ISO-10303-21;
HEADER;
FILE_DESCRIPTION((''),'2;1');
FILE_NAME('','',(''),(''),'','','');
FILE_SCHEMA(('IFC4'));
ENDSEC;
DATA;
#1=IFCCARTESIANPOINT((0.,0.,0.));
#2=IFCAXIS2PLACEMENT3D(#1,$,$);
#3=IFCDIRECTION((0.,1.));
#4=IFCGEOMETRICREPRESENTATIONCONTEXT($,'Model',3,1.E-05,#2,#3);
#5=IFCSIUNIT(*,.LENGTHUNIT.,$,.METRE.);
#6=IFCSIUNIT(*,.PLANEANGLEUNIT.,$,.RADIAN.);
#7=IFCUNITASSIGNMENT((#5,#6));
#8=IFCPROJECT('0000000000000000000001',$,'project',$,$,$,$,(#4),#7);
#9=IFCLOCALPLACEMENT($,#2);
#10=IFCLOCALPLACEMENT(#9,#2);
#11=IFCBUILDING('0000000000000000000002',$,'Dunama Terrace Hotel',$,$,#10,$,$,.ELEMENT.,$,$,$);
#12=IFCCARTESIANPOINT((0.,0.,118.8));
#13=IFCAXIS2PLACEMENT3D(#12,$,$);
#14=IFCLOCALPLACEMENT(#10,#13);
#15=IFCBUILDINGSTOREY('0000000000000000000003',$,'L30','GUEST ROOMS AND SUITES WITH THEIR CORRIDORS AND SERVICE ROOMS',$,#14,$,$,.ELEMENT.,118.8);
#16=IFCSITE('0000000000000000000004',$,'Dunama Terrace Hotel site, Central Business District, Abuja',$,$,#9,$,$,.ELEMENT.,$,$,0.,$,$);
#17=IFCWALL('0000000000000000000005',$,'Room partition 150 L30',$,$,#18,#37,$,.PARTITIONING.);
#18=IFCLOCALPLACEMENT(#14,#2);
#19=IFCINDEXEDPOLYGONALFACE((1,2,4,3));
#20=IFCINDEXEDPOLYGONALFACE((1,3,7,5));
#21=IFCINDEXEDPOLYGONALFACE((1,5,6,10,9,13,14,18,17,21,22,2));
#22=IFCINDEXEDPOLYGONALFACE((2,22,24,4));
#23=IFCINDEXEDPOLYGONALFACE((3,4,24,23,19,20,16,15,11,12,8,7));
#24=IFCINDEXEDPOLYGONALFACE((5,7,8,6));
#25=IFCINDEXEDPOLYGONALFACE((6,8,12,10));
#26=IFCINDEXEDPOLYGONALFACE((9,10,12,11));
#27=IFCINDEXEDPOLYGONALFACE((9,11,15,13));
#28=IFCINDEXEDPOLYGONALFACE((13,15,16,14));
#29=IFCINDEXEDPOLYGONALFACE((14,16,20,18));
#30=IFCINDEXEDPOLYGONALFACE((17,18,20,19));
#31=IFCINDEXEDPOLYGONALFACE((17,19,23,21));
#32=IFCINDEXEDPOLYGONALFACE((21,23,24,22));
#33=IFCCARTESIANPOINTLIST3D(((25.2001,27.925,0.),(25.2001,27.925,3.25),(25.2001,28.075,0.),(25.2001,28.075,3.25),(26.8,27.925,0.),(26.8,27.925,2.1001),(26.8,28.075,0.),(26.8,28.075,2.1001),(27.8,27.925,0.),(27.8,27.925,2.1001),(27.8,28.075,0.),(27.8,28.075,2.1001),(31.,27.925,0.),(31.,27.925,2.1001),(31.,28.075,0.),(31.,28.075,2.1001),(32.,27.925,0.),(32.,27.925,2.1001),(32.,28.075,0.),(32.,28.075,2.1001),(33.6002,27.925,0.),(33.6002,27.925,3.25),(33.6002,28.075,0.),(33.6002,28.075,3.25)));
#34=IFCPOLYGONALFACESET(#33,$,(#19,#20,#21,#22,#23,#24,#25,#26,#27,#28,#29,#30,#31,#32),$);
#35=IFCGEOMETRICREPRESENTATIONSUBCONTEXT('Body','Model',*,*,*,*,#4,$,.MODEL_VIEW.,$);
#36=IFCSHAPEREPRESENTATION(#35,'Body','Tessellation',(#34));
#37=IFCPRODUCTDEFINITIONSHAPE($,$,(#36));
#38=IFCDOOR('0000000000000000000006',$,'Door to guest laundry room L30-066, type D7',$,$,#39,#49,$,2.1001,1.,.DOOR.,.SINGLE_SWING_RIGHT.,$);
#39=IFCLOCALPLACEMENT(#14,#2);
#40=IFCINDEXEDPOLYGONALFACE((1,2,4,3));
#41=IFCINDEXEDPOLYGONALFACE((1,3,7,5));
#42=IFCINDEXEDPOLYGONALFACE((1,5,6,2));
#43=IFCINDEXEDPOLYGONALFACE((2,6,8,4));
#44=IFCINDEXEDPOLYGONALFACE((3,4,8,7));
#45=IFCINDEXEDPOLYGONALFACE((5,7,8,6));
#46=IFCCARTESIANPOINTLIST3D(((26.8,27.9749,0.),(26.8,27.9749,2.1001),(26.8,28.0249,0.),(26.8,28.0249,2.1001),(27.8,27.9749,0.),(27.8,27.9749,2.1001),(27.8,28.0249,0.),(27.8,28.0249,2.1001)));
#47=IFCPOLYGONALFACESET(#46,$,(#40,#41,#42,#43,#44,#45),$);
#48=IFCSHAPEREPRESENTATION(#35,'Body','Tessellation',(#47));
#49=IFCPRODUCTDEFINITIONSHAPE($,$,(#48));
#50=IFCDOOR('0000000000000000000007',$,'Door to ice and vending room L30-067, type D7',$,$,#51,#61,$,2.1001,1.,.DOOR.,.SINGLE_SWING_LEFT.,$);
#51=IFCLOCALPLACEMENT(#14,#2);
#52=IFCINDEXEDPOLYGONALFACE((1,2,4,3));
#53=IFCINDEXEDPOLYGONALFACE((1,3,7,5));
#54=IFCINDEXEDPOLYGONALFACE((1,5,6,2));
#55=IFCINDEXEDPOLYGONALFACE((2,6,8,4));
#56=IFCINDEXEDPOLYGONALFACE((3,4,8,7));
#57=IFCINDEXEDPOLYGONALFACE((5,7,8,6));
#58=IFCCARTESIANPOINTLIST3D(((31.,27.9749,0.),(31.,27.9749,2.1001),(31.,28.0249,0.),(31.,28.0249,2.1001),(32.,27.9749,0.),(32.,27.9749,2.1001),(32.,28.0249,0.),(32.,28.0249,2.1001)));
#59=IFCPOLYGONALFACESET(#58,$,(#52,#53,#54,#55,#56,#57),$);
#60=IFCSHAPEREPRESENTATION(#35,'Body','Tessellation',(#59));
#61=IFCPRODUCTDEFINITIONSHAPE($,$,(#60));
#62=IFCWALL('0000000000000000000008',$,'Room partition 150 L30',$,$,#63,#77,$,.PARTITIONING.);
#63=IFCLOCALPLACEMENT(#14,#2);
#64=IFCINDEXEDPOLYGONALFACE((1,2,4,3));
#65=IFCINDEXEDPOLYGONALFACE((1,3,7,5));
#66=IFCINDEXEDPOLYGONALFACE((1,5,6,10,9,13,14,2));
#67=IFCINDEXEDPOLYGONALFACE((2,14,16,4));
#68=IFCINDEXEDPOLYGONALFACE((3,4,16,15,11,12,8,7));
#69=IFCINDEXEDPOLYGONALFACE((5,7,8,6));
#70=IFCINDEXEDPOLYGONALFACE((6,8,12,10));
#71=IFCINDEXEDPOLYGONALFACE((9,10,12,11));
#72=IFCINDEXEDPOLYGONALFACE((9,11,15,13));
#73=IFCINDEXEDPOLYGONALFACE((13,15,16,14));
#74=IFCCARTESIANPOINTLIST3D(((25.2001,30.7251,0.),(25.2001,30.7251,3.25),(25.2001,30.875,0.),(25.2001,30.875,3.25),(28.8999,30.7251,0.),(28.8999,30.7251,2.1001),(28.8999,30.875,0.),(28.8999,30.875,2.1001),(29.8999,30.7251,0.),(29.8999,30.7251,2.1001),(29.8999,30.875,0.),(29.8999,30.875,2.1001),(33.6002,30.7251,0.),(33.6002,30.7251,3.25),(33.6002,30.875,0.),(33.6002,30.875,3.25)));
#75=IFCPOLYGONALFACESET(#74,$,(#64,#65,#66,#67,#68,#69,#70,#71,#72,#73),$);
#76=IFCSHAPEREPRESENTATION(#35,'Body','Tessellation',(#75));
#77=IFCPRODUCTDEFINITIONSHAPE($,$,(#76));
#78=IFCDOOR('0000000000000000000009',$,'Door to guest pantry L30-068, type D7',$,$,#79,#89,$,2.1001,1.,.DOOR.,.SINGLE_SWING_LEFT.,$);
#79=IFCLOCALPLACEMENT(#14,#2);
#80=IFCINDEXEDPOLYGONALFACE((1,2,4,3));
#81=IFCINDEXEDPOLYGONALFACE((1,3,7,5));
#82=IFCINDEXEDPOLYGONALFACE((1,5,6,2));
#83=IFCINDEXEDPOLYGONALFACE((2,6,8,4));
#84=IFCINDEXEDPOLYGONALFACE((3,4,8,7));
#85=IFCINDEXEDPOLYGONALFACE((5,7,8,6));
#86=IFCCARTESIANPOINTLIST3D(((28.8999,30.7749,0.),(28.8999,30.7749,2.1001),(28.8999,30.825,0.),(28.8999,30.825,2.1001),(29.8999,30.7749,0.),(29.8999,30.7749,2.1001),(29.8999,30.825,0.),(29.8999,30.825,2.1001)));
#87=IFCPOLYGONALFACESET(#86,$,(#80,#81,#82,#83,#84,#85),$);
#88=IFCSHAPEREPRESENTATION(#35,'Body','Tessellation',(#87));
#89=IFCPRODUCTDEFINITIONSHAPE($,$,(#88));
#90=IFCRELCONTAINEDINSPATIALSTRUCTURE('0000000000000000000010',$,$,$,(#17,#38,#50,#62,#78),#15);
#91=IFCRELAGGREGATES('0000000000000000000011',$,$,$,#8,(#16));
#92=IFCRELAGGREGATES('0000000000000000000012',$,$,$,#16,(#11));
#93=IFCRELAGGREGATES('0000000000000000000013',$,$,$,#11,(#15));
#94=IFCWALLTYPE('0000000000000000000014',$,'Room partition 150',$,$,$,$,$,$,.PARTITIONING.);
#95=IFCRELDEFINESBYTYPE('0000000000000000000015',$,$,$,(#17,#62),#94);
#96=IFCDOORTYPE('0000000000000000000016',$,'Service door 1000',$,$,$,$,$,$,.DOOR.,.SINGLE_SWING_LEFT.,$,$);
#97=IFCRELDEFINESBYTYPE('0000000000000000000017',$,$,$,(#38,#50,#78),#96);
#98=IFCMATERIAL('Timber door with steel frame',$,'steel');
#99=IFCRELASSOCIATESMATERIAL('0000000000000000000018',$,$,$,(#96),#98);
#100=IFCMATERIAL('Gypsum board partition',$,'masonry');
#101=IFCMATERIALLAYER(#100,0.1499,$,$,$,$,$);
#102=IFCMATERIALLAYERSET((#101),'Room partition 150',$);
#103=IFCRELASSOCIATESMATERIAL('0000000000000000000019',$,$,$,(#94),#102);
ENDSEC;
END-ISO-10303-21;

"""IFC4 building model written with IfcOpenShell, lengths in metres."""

from ifc_helpers import new_model, si_unit, direction, frame, frame_2d, origin, place, context, subcontext, project, spatial, rectangle, extrude, material, layer, layer_set, type_object, element, fill, save


model = new_model("IFC4")

# Units and contexts
model_context = context("Model", 3, precision=1e-05, world=origin(), true_north=direction((0.0, 1.0)))
body_context = subcontext(model_context, "Body", "Model", "MODEL_VIEW")
ifc_project = project(units=[si_unit("LENGTHUNIT", "METRE"), si_unit("PLANEANGLEUNIT", "RADIAN")], contexts=[model_context])

# Site, building, storey
site_placement = place(None, origin())
site = spatial("IfcSite", under=ifc_project, at=site_placement, Name="Dunama Terrace Hotel site, Central Business District, Abuja", CompositionType="ELEMENT", RefElevation=0.0)
building_placement = place(site_placement, origin())
building = spatial("IfcBuilding", under=site, at=building_placement, Name="Dunama Terrace Hotel", CompositionType="ELEMENT")
storey_placement = place(building_placement, frame((0.0, 0.0, 118.8)))
storey = spatial("IfcBuildingStorey", under=building, at=storey_placement, Name="L30", Description="GUEST ROOMS AND SUITES WITH THEIR CORRIDORS AND SERVICE ROOMS", CompositionType="ELEMENT", Elevation=118.8)

# Shared definitions
ifc_material_1 = material(Name="Timber door with steel frame", Category="steel")
door_type_1 = type_object("IfcDoorType", Name="Service door 1000", OperationType="SINGLE_SWING_LEFT", PredefinedType="DOOR", material=ifc_material_1)

# Wall, openings, doors
ifc_material_2 = material(Name="Gypsum board partition", Category="masonry")
ifc_layer_1 = layer(ifc_material_2, 0.1499)
ifc_layer_set_1 = layer_set([ifc_layer_1], Name="Room partition 150")
wall_type_1 = type_object("IfcWallType", Name="Room partition 150", PredefinedType="PARTITIONING", material=ifc_layer_set_1)
wall_1_placement = place(storey_placement, frame((25.2, 28.0, 0.0), z_axis=(0.0, 0.0, 1.0), x_axis=(1.0, 0.0, 0.0)))
wall_1 = element("IfcWall", 1, at=wall_1_placement, inside=storey, type_object=wall_type_1, Name="Room partition 150 L30", PredefinedType="PARTITIONING", context=body_context, shape_type="SweptSolid", body=[
    extrude(rectangle(XDim=8.4001, YDim=0.1499, at=frame_2d((4.2002, 0.0))), origin(), (0.0, 0.0, 1.0), 3.25),
])
opening_1_placement = place(wall_1_placement, frame((1.6001, 0.0, 0.0)))
opening_1 = element("IfcOpeningElement", 2, at=opening_1_placement, cuts=wall_1, PredefinedType="OPENING", context=body_context, shape_type="SweptSolid", body=[
    extrude(rectangle(XDim=1.0, YDim=2.1001, at=frame_2d((0.5, 1.05))), frame((0.0, 0.085, 0.0), z_axis=(0.0, -1.0, 0.0), x_axis=(1.0, 0.0, 0.0)), (0.0, 0.0, 1.0), 0.1699),
])
opening_2_placement = place(wall_1_placement, frame((5.8, 0.0, 0.0)))
opening_2 = element("IfcOpeningElement", 3, at=opening_2_placement, cuts=wall_1, PredefinedType="OPENING", context=body_context, shape_type="SweptSolid", body=[
    extrude(rectangle(XDim=1.0, YDim=2.1001, at=frame_2d((0.5, 1.05))), frame((0.0, 0.085, 0.0), z_axis=(0.0, -1.0, 0.0), x_axis=(1.0, 0.0, 0.0)), (0.0, 0.0, 1.0), 0.1699),
])
door_1_placement = place(opening_1_placement, frame((1.0, 0.0, 0.0), z_axis=(0.0, 0.0, 1.0), x_axis=(-1.0, 0.0, 0.0)))
door_1 = element("IfcDoor", 4, at=door_1_placement, inside=storey, type_object=door_type_1, Name="Door to guest laundry room L30-066, type D7", OperationType="SINGLE_SWING_RIGHT", OverallHeight=2.1001, OverallWidth=1.0, PredefinedType="DOOR", context=body_context, shape_type="SweptSolid", body=[
    extrude(rectangle(XDim=1.0, YDim=2.1001, at=frame_2d((0.5, 1.05))), frame((0.0, 0.0251, 0.0), z_axis=(0.0, -1.0, 0.0), x_axis=(1.0, 0.0, 0.0)), (0.0, 0.0, 1.0), 0.05),
])
fill(opening_1, door_1)
door_2_placement = place(opening_2_placement, frame((1.0, 0.0, 0.0), z_axis=(0.0, 0.0, 1.0), x_axis=(-1.0, 0.0, 0.0)))
door_2 = element("IfcDoor", 5, at=door_2_placement, inside=storey, type_object=door_type_1, Name="Door to ice and vending room L30-067, type D7", OperationType="SINGLE_SWING_LEFT", OverallHeight=2.1001, OverallWidth=1.0, PredefinedType="DOOR", context=body_context, shape_type="SweptSolid", body=[
    extrude(rectangle(XDim=1.0, YDim=2.1001, at=frame_2d((0.5, 1.05))), frame((0.0, 0.0251, 0.0), z_axis=(0.0, -1.0, 0.0), x_axis=(1.0, 0.0, 0.0)), (0.0, 0.0, 1.0), 0.05),
])
fill(opening_2, door_2)

# Wall, opening, door
wall_2_placement = place(storey_placement, frame((25.2, 30.8, 0.0), z_axis=(0.0, 0.0, 1.0), x_axis=(1.0, 0.0, 0.0)))
wall_2 = element("IfcWall", 6, at=wall_2_placement, inside=storey, type_object=wall_type_1, Name="Room partition 150 L30", PredefinedType="PARTITIONING", context=body_context, shape_type="SweptSolid", body=[
    extrude(rectangle(XDim=8.4001, YDim=0.1499, at=frame_2d((4.2002, 0.0))), origin(), (0.0, 0.0, 1.0), 3.25),
])
opening_3_placement = place(wall_2_placement, frame((3.7, 0.0, 0.0)))
opening_3 = element("IfcOpeningElement", 7, at=opening_3_placement, cuts=wall_2, PredefinedType="OPENING", context=body_context, shape_type="SweptSolid", body=[
    extrude(rectangle(XDim=1.0, YDim=2.1001, at=frame_2d((0.5, 1.05))), frame((0.0, 0.085, 0.0), z_axis=(0.0, -1.0, 0.0), x_axis=(1.0, 0.0, 0.0)), (0.0, 0.0, 1.0), 0.1699),
])
door_3_placement = place(opening_3_placement, origin())
door_3 = element("IfcDoor", 8, at=door_3_placement, inside=storey, type_object=door_type_1, Name="Door to guest pantry L30-068, type D7", OperationType="SINGLE_SWING_LEFT", OverallHeight=2.1001, OverallWidth=1.0, PredefinedType="DOOR", context=body_context, shape_type="SweptSolid", body=[
    extrude(rectangle(XDim=1.0, YDim=2.1001, at=frame_2d((0.5, 1.05))), frame((0.0, 0.0249, 0.0), z_axis=(0.0, -1.0, 0.0), x_axis=(1.0, 0.0, 0.0)), (0.0, 0.0, 1.0), 0.05),
])
fill(opening_3, door_3)

save(model, "model.ifc")
